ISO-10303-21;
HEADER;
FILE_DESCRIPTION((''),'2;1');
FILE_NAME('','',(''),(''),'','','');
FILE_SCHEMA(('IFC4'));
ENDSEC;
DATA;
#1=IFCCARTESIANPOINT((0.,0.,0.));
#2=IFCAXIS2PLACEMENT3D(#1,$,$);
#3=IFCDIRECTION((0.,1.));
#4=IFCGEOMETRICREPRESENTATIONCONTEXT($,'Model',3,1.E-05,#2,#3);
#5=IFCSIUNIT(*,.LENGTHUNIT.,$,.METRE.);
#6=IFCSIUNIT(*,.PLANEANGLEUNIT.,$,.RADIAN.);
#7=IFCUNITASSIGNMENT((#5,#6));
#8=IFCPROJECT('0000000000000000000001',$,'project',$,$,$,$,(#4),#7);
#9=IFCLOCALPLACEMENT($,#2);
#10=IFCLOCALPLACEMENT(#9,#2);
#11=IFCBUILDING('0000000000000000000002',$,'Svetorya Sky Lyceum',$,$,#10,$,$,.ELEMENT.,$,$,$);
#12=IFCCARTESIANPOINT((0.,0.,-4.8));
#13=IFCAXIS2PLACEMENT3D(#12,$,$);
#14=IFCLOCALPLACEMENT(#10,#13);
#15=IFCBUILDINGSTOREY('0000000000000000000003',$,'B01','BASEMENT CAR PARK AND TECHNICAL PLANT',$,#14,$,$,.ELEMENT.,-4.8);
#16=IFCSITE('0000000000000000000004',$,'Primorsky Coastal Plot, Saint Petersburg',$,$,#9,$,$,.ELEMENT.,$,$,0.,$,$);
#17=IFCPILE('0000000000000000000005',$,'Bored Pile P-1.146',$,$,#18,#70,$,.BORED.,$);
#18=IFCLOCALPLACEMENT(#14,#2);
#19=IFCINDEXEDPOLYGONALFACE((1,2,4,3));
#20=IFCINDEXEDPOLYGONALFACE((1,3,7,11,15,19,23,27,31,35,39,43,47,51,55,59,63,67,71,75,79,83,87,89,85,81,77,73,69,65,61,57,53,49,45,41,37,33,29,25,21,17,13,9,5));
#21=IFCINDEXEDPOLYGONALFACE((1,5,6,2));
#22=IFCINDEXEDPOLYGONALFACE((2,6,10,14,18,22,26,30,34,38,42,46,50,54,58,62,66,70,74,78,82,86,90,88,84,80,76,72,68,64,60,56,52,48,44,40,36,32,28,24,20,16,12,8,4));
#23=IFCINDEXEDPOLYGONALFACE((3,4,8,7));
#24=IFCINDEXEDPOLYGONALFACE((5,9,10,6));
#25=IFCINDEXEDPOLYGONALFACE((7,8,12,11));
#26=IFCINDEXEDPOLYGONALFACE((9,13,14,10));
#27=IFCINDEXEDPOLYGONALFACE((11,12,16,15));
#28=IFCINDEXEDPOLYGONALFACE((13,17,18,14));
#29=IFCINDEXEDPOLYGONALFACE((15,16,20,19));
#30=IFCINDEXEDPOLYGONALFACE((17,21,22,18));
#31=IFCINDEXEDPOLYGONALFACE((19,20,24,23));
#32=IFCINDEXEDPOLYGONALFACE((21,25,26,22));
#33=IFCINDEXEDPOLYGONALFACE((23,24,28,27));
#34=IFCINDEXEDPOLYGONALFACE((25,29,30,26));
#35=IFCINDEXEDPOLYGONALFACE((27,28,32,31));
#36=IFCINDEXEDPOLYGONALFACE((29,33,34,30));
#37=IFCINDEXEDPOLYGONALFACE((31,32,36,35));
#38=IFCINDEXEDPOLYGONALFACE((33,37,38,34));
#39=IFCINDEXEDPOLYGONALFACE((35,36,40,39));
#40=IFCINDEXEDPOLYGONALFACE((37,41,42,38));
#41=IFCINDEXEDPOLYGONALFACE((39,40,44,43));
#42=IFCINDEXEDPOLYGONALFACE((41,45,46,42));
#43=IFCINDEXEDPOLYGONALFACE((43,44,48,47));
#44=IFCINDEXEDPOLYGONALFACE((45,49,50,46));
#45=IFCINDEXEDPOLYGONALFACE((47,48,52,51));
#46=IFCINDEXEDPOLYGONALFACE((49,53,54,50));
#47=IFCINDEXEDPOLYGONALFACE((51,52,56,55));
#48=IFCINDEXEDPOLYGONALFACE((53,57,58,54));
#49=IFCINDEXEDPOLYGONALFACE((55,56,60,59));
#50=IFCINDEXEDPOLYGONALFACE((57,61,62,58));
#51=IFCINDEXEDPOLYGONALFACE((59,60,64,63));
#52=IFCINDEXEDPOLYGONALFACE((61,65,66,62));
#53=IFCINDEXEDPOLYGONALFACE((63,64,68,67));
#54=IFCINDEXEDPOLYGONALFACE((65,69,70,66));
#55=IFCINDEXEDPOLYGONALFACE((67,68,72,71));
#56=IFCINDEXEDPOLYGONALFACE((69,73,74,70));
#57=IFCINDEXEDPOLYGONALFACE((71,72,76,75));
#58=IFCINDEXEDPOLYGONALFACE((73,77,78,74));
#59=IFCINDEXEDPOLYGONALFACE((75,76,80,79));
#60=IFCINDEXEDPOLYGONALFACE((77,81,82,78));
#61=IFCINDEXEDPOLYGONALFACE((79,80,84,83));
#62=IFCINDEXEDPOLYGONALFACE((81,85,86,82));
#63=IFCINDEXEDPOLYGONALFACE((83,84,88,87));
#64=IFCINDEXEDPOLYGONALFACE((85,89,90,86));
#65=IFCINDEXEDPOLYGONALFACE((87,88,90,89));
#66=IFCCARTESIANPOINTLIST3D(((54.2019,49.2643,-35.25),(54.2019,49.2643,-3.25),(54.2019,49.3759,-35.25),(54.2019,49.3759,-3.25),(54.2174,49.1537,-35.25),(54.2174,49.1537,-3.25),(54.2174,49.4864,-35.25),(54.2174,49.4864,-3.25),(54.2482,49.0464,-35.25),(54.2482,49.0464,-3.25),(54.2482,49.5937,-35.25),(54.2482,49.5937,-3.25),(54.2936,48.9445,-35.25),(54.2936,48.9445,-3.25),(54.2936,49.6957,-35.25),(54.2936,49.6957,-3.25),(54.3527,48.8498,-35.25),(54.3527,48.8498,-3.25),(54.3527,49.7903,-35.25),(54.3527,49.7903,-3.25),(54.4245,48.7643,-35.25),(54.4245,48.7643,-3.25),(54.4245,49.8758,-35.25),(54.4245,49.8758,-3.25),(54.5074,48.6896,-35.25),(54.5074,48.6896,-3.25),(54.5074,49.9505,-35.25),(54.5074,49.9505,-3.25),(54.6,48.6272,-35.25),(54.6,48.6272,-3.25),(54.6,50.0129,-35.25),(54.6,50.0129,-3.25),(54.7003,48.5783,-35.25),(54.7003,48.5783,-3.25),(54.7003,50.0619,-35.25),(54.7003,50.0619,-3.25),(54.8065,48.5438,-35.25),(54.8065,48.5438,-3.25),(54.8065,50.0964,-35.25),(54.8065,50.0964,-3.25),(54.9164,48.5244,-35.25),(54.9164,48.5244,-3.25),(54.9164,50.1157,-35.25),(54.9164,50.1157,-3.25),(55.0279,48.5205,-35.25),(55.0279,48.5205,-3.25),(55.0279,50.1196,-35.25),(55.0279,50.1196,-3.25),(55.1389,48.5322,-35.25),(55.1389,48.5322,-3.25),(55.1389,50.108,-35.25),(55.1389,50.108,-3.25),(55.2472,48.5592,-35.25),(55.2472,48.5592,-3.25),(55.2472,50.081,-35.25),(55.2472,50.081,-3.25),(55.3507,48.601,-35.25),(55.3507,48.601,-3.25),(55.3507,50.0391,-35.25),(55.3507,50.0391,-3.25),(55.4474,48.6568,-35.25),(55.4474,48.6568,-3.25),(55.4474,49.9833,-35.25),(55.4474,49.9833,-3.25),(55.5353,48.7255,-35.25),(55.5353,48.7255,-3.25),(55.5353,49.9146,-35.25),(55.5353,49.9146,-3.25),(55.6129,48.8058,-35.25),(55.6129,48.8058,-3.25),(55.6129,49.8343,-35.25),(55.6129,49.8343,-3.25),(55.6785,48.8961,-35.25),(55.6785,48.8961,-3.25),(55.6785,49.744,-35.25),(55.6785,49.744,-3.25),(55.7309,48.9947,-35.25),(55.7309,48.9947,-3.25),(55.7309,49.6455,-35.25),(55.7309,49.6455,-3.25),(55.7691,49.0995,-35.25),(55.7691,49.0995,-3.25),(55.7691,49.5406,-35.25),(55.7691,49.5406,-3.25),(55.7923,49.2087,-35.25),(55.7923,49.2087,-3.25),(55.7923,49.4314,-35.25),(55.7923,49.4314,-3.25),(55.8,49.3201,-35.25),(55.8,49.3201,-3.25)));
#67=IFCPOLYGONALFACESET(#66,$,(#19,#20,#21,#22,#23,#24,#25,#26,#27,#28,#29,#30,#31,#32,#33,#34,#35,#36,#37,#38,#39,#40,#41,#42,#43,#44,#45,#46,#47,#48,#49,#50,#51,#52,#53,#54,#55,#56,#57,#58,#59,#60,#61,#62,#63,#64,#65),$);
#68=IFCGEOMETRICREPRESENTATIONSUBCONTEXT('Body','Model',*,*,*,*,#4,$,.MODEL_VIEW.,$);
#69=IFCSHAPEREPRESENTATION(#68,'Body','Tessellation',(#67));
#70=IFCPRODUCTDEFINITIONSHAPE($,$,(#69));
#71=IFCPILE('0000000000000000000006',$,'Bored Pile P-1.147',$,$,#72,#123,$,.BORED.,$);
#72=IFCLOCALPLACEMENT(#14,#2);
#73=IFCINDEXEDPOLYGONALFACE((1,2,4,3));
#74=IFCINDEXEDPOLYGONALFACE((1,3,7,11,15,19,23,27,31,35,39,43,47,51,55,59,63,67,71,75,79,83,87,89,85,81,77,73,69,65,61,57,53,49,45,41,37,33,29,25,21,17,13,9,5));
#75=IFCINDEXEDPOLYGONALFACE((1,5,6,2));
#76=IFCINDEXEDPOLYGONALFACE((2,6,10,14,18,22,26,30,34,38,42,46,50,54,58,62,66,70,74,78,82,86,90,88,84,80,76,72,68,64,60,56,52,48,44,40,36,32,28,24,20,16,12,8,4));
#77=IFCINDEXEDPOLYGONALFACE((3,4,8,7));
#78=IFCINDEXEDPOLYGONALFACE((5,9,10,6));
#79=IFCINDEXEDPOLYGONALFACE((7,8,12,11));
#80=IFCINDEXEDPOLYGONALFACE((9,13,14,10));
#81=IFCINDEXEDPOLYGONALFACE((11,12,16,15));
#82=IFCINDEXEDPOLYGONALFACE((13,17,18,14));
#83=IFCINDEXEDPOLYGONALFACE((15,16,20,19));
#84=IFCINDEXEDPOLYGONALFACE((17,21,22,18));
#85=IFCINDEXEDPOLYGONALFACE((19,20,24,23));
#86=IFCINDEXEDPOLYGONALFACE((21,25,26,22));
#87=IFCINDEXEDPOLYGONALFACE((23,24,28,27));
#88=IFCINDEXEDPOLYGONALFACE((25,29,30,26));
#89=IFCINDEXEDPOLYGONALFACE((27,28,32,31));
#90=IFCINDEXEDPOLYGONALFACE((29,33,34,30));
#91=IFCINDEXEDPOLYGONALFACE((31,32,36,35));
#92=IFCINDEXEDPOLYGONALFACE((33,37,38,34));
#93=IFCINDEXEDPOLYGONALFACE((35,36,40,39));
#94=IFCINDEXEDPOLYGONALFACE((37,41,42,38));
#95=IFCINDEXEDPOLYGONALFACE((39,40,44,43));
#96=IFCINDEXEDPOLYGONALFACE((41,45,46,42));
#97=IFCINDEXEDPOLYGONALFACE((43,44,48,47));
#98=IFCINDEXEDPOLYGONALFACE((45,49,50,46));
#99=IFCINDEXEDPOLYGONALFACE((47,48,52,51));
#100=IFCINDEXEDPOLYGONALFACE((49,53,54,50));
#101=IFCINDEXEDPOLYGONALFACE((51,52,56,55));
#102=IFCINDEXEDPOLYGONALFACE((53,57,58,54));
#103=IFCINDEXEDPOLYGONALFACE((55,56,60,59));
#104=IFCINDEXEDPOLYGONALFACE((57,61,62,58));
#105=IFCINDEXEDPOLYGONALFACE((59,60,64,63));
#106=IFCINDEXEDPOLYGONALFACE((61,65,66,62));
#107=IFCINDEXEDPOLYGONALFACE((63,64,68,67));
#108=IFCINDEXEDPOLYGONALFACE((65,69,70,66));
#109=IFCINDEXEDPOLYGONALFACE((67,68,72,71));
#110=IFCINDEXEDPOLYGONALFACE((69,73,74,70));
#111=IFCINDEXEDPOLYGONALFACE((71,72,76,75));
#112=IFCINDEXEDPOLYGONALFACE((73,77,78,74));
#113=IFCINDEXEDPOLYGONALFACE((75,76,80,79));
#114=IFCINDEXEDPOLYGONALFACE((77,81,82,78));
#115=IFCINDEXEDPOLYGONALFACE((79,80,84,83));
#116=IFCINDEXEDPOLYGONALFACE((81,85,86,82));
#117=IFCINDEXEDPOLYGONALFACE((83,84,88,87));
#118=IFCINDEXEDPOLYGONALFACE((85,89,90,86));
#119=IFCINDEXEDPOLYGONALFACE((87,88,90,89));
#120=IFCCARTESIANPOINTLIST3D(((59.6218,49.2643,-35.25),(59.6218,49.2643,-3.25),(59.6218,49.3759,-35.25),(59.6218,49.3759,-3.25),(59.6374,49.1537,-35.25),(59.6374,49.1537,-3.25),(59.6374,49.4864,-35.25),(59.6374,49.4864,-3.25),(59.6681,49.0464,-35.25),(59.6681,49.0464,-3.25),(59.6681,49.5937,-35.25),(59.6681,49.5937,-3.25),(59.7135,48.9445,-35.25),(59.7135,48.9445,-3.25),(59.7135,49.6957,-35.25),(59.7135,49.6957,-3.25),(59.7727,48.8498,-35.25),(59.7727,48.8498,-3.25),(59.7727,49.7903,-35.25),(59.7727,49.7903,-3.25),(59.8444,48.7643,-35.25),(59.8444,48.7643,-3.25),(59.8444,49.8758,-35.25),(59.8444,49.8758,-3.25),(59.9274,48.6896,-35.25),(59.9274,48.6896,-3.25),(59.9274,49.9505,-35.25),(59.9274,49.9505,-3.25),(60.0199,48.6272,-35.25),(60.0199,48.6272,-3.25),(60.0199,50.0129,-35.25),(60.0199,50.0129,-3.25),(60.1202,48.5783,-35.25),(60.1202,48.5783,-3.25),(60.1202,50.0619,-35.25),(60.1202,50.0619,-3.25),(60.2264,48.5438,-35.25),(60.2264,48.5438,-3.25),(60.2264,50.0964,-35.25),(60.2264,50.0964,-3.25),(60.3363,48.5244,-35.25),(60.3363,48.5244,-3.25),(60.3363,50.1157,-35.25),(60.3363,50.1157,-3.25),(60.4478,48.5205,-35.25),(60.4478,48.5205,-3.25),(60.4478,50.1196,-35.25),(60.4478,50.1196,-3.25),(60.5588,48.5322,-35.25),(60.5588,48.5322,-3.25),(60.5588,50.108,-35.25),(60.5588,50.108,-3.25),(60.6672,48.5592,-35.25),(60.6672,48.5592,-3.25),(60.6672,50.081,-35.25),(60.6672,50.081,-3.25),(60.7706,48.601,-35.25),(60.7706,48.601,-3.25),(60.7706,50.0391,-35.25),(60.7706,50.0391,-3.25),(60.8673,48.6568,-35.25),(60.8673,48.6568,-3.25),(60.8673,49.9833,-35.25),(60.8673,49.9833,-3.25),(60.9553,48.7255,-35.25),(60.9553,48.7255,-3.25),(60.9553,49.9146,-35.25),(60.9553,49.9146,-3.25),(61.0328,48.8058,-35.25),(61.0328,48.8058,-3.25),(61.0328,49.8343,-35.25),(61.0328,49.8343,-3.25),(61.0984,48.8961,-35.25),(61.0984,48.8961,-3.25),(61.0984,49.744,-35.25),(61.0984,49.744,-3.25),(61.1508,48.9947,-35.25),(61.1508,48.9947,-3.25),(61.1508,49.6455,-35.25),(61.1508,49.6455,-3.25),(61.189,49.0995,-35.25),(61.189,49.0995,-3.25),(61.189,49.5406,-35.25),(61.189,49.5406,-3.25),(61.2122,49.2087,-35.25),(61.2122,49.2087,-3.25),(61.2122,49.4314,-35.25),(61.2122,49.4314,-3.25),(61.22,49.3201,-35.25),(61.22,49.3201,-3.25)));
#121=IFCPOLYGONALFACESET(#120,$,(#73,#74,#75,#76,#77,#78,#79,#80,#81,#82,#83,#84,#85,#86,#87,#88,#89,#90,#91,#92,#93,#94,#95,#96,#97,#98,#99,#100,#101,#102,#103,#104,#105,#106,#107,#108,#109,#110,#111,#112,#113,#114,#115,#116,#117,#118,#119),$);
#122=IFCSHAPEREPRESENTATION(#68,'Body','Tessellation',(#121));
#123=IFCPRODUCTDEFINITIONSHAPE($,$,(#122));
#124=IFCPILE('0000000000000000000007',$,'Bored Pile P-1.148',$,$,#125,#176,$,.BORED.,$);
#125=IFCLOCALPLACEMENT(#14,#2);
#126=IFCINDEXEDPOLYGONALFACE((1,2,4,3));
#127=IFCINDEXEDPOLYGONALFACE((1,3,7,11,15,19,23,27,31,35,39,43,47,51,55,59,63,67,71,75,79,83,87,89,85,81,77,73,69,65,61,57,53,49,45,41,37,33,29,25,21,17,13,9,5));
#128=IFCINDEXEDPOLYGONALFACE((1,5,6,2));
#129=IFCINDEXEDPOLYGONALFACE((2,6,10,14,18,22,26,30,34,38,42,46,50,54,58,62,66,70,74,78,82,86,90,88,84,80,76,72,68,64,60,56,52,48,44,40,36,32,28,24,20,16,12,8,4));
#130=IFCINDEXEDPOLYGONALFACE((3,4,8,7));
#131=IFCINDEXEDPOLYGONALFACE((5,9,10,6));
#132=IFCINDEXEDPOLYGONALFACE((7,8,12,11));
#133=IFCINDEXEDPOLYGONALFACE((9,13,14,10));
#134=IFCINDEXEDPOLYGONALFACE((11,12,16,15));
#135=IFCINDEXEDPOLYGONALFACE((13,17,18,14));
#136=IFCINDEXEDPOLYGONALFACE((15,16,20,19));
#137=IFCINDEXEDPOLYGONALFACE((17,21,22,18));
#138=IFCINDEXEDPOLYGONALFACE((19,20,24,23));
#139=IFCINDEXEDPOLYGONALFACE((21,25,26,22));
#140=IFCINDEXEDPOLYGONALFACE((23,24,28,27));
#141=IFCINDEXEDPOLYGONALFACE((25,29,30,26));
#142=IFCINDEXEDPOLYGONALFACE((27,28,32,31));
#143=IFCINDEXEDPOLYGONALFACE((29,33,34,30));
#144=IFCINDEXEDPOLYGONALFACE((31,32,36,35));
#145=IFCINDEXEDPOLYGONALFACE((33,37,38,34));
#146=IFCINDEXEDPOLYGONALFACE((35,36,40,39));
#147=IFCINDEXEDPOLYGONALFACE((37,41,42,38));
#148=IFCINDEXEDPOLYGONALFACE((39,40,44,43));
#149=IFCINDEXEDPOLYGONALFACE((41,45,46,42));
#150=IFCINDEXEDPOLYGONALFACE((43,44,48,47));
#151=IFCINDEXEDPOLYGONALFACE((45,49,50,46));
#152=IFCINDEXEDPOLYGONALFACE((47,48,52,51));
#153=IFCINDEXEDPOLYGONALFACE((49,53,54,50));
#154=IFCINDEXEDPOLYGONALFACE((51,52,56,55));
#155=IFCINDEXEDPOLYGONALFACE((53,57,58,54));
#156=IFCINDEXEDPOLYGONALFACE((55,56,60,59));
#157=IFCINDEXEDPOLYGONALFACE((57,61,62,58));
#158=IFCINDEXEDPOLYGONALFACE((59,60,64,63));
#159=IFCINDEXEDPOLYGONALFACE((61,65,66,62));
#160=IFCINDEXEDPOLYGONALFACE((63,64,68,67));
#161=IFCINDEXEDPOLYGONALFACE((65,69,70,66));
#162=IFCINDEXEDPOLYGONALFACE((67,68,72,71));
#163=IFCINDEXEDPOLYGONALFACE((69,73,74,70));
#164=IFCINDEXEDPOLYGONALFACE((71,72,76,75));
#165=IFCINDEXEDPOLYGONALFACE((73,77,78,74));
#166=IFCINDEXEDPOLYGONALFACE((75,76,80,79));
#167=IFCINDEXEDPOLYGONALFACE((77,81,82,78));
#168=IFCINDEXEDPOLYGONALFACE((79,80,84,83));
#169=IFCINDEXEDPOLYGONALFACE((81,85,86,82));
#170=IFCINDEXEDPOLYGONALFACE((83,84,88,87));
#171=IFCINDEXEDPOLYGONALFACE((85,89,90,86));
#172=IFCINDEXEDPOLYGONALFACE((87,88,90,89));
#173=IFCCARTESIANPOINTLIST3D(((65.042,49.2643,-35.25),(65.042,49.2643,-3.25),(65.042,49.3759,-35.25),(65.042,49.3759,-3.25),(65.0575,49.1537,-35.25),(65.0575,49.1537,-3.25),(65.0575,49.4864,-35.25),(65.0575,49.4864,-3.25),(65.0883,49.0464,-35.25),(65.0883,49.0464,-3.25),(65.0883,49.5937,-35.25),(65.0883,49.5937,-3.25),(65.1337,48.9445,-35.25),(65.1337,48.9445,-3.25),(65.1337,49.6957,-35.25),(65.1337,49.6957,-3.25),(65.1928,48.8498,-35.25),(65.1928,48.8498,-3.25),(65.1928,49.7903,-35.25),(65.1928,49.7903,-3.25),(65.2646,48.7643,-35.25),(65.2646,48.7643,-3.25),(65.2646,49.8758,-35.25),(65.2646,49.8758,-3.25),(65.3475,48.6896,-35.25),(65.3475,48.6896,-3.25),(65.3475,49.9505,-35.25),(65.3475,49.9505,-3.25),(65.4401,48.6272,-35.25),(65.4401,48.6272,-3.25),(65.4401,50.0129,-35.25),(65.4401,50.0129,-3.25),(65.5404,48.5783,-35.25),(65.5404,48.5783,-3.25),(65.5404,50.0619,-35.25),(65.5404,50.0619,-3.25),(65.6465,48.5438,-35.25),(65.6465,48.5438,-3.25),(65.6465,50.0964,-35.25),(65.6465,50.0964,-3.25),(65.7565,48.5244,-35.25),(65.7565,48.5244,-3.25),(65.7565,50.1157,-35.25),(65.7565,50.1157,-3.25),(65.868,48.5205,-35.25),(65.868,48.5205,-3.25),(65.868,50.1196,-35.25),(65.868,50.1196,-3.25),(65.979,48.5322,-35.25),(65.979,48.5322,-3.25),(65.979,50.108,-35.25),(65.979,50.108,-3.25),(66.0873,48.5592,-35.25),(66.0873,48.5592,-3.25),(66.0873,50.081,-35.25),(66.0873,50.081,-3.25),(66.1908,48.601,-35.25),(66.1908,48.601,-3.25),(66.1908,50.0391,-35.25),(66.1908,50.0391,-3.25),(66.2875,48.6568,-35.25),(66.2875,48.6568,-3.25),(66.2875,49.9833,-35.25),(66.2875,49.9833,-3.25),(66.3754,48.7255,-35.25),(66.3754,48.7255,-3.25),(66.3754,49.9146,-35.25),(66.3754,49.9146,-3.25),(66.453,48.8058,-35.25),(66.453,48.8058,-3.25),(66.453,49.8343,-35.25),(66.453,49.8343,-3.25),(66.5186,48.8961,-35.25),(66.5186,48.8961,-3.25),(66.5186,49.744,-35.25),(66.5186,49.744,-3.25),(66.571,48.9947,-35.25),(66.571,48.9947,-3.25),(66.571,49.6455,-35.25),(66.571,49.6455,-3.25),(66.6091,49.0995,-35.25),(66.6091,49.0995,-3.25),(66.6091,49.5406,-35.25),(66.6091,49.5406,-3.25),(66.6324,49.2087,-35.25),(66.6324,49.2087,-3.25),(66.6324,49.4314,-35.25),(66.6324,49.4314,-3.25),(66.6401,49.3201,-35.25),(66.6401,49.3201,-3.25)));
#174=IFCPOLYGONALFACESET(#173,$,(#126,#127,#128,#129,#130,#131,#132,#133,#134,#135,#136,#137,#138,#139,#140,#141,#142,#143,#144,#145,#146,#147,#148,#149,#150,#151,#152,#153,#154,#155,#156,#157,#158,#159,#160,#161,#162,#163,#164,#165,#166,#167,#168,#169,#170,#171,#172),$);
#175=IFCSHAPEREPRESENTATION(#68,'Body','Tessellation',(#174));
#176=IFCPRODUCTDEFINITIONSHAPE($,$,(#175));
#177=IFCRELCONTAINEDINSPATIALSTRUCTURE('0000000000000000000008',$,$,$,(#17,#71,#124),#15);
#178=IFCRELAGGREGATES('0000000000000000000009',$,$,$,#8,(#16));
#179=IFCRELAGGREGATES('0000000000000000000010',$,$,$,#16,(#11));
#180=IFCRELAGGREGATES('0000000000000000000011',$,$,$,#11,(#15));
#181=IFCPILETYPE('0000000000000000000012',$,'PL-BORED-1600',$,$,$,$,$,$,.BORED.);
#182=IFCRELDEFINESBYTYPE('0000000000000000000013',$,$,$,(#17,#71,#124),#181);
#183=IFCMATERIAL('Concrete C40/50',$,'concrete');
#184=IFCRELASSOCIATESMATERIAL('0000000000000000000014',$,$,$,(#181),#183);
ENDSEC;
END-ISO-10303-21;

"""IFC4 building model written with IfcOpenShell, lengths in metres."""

from ifc_helpers import new_model, si_unit, direction, frame, origin, origin_2d, place, context, subcontext, project, spatial, circle, extrude, material, material_profile, profile_set, type_object, element, save


model = new_model("IFC4")

# Units and contexts
model_context = context("Model", 3, precision=1e-05, world=origin(), true_north=direction((0.0, 1.0)))
body_context = subcontext(model_context, "Body", "Model", "MODEL_VIEW")
ifc_project = project(units=[si_unit("LENGTHUNIT", "METRE"), si_unit("PLANEANGLEUNIT", "RADIAN")], contexts=[model_context])

# Site, building, storey
site_placement = place(None, origin())
site = spatial("IfcSite", under=ifc_project, at=site_placement, Name="Primorsky Coastal Plot, Saint Petersburg", CompositionType="ELEMENT", RefElevation=0.0)
building_placement = place(site_placement, origin())
building = spatial("IfcBuilding", under=site, at=building_placement, Name="Svetorya Sky Lyceum", CompositionType="ELEMENT")
storey_placement = place(building_placement, frame((0.0, 0.0, -4.8)))
storey = spatial("IfcBuildingStorey", under=building, at=storey_placement, Name="B01", Description="BASEMENT CAR PARK AND TECHNICAL PLANT", CompositionType="ELEMENT", Elevation=-4.8)

# Piles
ifc_material_1 = material(Name="Concrete C40/50", Category="concrete")
ifc_material_profile_1 = material_profile(ifc_material_1, circle(Radius=0.8, at=origin_2d()), Name="RC PILE D1600")
ifc_profile_set_1 = profile_set([ifc_material_profile_1], Name="Concrete C40/50")
pile_type = type_object("IfcPileType", Name="PL-BORED-1600", PredefinedType="BORED", material=ifc_profile_set_1)
for number, where, z_axis, x_axis, name in (
    (1, (55.0, 49.3201, -3.25), (0.0, 0.0, -1.0), (1.0, 0.0, 0.0), "Bored Pile P-1.146"),
    (2, (60.4199, 49.3201, -3.25), (0.0, 0.0, -1.0), (1.0, 0.0, 0.0), "Bored Pile P-1.147"),
    (3, (65.8401, 49.3201, -3.25), (0.0, 0.0, -1.0), (1.0, 0.0, 0.0), "Bored Pile P-1.148"),
):
    element("IfcPile", number, at=place(storey_placement, frame(where, z_axis=z_axis, x_axis=x_axis)), inside=storey, type_object=pile_type, Name=name, PredefinedType="BORED", context=body_context, shape_type="SweptSolid", body=[
        extrude(circle(Radius=0.8, at=origin_2d()), origin(), (0.0, 0.0, 1.0), 32.0),
    ])

save(model, "model.ifc")
